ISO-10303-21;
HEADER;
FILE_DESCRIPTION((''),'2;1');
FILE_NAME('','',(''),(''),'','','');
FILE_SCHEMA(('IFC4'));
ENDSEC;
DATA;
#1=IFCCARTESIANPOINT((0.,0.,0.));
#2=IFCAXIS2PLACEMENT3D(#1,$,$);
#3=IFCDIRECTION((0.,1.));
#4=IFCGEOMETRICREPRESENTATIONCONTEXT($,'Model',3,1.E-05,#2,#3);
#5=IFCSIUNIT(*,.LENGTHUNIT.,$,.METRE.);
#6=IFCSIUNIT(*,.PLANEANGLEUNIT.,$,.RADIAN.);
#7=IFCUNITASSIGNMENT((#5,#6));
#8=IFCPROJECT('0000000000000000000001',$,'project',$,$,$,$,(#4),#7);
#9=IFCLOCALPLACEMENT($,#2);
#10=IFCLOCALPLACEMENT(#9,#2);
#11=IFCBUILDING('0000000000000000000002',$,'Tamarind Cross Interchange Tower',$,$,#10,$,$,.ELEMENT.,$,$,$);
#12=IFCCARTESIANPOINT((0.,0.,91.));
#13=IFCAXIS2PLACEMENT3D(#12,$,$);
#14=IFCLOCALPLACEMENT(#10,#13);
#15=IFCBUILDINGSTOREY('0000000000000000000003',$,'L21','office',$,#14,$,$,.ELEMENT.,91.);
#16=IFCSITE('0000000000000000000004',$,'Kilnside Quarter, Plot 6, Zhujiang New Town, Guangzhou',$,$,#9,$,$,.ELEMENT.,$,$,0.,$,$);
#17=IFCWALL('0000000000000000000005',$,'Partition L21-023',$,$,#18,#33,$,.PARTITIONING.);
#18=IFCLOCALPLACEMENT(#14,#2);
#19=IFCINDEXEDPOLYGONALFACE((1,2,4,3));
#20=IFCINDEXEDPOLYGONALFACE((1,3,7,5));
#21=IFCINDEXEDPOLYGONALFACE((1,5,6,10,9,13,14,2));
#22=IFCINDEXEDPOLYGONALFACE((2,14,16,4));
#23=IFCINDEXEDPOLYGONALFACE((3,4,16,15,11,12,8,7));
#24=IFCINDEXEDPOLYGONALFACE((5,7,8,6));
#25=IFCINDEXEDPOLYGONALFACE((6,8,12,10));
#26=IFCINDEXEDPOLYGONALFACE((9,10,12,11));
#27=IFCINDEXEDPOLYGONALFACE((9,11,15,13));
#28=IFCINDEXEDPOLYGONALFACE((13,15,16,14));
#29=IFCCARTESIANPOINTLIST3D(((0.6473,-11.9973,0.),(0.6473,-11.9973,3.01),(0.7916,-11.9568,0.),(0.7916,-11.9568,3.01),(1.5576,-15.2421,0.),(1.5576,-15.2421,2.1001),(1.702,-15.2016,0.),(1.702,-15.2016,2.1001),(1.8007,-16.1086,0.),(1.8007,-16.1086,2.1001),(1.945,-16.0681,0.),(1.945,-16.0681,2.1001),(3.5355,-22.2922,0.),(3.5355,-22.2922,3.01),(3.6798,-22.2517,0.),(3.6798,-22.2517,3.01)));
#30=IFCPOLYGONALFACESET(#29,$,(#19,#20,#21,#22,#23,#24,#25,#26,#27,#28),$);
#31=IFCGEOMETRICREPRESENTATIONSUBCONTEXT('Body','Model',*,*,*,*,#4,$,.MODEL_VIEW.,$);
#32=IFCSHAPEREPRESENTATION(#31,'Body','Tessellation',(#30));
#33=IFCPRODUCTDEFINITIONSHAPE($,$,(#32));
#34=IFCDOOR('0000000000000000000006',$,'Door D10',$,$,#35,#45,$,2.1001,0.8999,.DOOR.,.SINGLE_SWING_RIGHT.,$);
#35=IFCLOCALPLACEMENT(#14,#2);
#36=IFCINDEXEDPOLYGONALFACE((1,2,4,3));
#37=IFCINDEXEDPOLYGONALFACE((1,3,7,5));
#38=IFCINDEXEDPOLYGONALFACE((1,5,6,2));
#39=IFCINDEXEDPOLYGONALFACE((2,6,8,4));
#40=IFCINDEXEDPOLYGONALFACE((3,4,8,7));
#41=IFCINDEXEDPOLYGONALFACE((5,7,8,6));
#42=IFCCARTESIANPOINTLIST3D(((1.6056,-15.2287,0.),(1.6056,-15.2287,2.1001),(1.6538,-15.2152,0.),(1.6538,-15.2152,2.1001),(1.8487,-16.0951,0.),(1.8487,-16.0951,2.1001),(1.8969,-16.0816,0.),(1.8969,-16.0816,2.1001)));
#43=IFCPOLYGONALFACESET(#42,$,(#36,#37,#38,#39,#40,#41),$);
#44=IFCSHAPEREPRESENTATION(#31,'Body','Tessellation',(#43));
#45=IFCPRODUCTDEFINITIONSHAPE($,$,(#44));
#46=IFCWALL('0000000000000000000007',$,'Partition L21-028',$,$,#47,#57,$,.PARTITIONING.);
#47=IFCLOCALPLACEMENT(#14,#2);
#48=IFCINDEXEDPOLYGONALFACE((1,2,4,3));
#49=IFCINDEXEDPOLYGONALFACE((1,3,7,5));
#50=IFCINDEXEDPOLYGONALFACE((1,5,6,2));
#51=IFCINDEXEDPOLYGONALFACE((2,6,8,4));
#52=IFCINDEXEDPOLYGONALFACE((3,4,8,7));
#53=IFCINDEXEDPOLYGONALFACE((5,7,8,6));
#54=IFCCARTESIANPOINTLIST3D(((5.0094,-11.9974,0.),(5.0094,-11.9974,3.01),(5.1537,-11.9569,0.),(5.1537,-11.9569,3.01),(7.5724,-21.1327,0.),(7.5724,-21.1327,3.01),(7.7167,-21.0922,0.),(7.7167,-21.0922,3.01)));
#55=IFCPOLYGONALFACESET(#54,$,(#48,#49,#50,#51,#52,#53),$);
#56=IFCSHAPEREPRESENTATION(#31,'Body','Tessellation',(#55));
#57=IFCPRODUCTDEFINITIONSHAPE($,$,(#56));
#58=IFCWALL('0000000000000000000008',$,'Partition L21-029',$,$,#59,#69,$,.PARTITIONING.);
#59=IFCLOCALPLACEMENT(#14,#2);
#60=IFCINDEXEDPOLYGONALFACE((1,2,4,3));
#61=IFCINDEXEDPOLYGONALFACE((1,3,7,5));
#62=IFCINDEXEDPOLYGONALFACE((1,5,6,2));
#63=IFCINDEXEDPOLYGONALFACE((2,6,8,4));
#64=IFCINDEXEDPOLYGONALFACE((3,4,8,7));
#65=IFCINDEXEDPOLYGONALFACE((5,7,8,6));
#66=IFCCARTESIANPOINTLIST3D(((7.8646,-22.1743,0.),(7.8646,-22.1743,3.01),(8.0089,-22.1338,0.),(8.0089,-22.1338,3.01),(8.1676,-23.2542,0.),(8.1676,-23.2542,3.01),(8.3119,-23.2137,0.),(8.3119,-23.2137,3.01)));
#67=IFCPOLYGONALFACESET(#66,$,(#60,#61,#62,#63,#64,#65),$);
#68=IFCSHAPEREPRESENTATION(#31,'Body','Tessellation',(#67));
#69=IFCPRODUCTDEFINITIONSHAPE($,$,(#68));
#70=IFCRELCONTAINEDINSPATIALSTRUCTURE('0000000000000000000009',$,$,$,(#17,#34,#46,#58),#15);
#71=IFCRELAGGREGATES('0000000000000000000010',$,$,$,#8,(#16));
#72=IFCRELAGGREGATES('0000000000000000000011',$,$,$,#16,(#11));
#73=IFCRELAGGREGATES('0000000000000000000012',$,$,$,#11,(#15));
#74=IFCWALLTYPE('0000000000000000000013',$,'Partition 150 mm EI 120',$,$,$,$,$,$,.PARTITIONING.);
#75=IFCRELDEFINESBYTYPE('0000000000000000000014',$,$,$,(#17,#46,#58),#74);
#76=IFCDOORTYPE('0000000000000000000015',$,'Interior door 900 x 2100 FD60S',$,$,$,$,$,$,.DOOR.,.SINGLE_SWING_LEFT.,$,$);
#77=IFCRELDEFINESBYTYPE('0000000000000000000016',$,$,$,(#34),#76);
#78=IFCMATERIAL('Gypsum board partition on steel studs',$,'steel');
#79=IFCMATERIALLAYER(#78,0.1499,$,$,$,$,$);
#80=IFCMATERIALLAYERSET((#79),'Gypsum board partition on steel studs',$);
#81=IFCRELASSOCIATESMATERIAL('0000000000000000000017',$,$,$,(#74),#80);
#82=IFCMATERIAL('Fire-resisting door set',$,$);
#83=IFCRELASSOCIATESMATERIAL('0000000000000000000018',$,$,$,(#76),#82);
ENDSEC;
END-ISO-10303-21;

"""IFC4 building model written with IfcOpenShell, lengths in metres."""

from ifc_helpers import new_model, si_unit, direction, frame, frame_2d, origin, place, context, subcontext, project, spatial, rectangle, extrude, material, layer, layer_set, type_object, element, fill, save


model = new_model("IFC4")

# Units and contexts
model_context = context("Model", 3, precision=1e-05, world=origin(), true_north=direction((0.0, 1.0)))
body_context = subcontext(model_context, "Body", "Model", "MODEL_VIEW")
ifc_project = project(units=[si_unit("LENGTHUNIT", "METRE"), si_unit("PLANEANGLEUNIT", "RADIAN")], contexts=[model_context])

# Site, building, storey
site_placement = place(None, origin())
site = spatial("IfcSite", under=ifc_project, at=site_placement, Name="Kilnside Quarter, Plot 6, Zhujiang New Town, Guangzhou", CompositionType="ELEMENT", RefElevation=0.0)
building_placement = place(site_placement, origin())
building = spatial("IfcBuilding", under=site, at=building_placement, Name="Tamarind Cross Interchange Tower", CompositionType="ELEMENT")
storey_placement = place(building_placement, frame((0.0, 0.0, 91.0)))
storey = spatial("IfcBuildingStorey", under=building, at=storey_placement, Name="L21", Description="office", CompositionType="ELEMENT", Elevation=91.0)

# Wall, opening, door
ifc_material_1 = material(Name="Gypsum board partition on steel studs", Category="steel")
ifc_layer_1 = layer(ifc_material_1, 0.1499)
ifc_layer_set_1 = layer_set([ifc_layer_1], Name="Gypsum board partition on steel studs")
wall_type_1 = type_object("IfcWallType", Name="Partition 150 mm EI 120", PredefinedType="PARTITIONING", material=ifc_layer_set_1)
wall_1_placement = place(storey_placement, frame((0.7195, -11.9771, 0.0), z_axis=(0.0, 0.0, 1.0), x_axis=(0.270116, -0.962828, 0.0)))
wall_1 = element("IfcWall", 1, at=wall_1_placement, inside=storey, type_object=wall_type_1, Name="Partition L21-023", PredefinedType="PARTITIONING", context=body_context, shape_type="SweptSolid", body=[
    extrude(rectangle(XDim=10.6924, YDim=0.1499, at=frame_2d((5.3462, 0.0))), origin(), (0.0, 0.0, 1.0), 3.01),
])
opening_1_placement = place(wall_1_placement, frame((3.3701, 0.0, 0.0)))
opening_1 = element("IfcOpeningElement", 2, at=opening_1_placement, cuts=wall_1, PredefinedType="OPENING", context=body_context, shape_type="SweptSolid", body=[
    extrude(rectangle(XDim=0.8999, YDim=2.1001, at=frame_2d((0.45, 1.05))), frame((0.0, 0.085, 0.0), z_axis=(0.0, -1.0, 0.0), x_axis=(1.0, 0.0, 0.0)), (0.0, 0.0, 1.0), 0.1699),
])
ifc_material_2 = material(Name="Fire-resisting door set")
door_type_1 = type_object("IfcDoorType", Name="Interior door 900 x 2100 FD60S", OperationType="SINGLE_SWING_LEFT", PredefinedType="DOOR", material=ifc_material_2)
door_1_placement = place(opening_1_placement, origin())
door_1 = element("IfcDoor", 3, at=door_1_placement, inside=storey, type_object=door_type_1, Name="Door D10", OperationType="SINGLE_SWING_RIGHT", OverallHeight=2.1001, OverallWidth=0.8999, PredefinedType="DOOR", context=body_context, shape_type="SweptSolid", body=[
    extrude(rectangle(XDim=0.8999, YDim=2.1001, at=frame_2d((0.45, 1.05))), frame((0.0, 0.0249, 0.0), z_axis=(0.0, -1.0, 0.0), x_axis=(1.0, 0.0, 0.0)), (0.0, 0.0, 1.0), 0.05),
])
fill(opening_1, door_1)

# Walls
wall_2_placement = place(storey_placement, frame((5.0815, -11.9771, 0.0), z_axis=(0.0, 0.0, 1.0), x_axis=(0.27013, -0.962824, 0.0)))
element("IfcWall", 4, at=wall_2_placement, inside=storey, type_object=wall_type_1, Name="Partition L21-028", PredefinedType="PARTITIONING", context=body_context, shape_type="SweptSolid", body=[
    extrude(rectangle(XDim=9.488, YDim=0.1499, at=frame_2d((4.7441, 0.0))), origin(), (0.0, 0.0, 1.0), 3.01),
])
wall_3_placement = place(storey_placement, frame((7.9368, -22.1541, 0.0), z_axis=(0.0, 0.0, 1.0), x_axis=(0.270147, -0.962819, 0.0)))
element("IfcWall", 5, at=wall_3_placement, inside=storey, type_object=wall_type_1, Name="Partition L21-029", PredefinedType="PARTITIONING", context=body_context, shape_type="SweptSolid", body=[
    extrude(rectangle(XDim=1.1216, YDim=0.1499, at=frame_2d((0.5608, 0.0))), origin(), (0.0, 0.0, 1.0), 3.01),
])

save(model, "model.ifc")
